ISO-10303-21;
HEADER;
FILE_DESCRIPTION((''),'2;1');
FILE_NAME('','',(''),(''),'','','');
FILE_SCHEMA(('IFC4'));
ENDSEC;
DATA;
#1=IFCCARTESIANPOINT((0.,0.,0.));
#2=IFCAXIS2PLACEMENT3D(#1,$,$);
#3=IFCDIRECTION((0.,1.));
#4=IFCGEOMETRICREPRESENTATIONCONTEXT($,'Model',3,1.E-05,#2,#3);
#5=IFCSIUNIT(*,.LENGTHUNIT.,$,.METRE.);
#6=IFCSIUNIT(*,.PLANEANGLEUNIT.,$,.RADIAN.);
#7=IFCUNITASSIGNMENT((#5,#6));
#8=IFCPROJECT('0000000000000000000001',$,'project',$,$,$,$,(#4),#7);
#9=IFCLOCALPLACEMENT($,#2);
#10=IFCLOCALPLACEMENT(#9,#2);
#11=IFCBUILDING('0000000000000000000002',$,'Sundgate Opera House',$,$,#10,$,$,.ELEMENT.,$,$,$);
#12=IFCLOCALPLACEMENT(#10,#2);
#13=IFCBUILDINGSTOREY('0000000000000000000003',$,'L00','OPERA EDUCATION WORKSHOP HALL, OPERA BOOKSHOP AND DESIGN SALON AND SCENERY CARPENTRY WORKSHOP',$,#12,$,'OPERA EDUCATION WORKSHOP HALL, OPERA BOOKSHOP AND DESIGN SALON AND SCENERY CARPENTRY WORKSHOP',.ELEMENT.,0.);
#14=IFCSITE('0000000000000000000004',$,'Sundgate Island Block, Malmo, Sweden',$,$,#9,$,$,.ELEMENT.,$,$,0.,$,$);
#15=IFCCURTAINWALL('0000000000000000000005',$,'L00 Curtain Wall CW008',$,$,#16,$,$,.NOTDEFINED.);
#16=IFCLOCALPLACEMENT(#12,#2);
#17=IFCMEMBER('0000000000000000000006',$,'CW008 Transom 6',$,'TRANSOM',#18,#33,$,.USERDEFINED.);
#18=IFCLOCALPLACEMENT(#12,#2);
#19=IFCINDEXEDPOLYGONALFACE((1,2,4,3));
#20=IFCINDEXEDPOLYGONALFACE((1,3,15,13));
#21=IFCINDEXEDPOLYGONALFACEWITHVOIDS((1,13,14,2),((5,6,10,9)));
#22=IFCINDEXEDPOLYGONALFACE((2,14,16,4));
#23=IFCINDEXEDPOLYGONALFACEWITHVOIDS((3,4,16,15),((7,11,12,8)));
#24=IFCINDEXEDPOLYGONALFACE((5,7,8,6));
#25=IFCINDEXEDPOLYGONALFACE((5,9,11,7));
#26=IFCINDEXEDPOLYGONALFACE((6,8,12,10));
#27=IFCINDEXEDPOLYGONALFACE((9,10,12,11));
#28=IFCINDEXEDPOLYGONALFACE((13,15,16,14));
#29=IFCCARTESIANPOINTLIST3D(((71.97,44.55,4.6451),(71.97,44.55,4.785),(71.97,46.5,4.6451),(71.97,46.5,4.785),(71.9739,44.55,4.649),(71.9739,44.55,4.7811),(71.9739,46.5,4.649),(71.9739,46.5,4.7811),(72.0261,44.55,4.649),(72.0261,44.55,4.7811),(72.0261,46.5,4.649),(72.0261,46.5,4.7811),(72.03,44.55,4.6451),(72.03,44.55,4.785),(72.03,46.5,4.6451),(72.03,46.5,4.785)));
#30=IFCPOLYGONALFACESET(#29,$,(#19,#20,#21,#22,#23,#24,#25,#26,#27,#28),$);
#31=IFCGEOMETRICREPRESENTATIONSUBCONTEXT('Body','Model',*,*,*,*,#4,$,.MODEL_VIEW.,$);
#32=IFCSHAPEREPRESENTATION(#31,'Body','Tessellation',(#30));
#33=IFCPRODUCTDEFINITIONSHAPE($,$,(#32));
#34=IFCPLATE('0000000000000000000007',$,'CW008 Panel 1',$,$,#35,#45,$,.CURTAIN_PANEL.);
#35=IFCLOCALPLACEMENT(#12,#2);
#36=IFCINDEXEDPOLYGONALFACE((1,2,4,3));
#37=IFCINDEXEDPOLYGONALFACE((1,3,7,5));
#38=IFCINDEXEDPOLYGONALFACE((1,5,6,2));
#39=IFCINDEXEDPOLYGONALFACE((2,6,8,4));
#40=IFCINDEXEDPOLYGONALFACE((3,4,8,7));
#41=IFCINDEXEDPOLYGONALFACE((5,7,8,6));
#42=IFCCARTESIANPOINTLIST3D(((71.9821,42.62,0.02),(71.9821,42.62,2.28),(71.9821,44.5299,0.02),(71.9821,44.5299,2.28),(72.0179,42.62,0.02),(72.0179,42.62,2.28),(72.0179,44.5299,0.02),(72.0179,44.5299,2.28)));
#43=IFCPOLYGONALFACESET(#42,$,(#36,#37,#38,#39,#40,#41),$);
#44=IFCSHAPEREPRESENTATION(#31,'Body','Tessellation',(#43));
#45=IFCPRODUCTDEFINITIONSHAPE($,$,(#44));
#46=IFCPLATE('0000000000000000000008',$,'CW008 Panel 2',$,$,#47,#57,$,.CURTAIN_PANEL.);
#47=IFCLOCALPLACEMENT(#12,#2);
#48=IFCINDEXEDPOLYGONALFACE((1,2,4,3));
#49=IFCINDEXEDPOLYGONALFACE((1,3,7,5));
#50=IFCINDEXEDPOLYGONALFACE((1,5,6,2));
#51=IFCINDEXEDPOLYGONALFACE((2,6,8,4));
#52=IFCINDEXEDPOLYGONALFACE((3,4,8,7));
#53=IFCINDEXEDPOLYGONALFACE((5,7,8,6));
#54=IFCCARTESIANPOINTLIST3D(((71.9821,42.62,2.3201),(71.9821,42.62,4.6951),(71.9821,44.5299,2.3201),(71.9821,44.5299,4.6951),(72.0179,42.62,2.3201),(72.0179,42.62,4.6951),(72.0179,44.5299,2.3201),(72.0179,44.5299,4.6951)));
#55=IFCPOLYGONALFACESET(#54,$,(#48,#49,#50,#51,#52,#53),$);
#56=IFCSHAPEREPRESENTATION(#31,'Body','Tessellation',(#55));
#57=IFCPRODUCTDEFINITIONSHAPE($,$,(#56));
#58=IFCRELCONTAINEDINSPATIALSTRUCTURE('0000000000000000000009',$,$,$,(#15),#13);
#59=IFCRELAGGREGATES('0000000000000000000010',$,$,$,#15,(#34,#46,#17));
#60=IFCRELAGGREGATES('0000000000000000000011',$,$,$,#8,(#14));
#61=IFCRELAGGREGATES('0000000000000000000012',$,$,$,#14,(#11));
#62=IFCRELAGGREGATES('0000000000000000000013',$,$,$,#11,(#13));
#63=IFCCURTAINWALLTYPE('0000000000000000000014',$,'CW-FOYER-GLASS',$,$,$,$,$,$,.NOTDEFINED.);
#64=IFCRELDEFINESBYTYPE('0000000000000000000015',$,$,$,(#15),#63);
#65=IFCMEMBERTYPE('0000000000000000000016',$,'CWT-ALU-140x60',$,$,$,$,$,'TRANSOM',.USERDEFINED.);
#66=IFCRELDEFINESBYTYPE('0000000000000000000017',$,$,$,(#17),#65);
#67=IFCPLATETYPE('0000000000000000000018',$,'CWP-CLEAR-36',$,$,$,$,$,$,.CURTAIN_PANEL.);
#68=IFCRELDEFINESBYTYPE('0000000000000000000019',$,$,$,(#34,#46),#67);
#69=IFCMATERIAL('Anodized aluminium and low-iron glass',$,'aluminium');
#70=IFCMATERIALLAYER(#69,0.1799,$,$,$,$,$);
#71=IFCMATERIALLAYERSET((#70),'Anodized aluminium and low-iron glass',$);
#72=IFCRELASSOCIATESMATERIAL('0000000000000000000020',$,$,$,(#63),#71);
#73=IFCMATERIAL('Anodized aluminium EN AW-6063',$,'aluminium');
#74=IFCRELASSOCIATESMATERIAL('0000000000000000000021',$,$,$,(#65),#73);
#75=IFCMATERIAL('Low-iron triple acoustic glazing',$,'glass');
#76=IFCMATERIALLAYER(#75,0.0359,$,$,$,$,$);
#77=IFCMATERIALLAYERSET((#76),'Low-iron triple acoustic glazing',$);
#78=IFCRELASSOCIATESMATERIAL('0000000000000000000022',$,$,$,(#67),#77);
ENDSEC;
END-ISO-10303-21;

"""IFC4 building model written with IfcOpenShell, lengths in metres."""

from ifc_helpers import new_model, si_unit, direction, frame, origin, origin_2d, place, context, subcontext, project, spatial, rectangle, hollow_rectangle, extrude, material, layer, layer_set, material_profile, profile_set, type_object, element, aggregate, save


model = new_model("IFC4")

# Units and contexts
model_context = context("Model", 3, precision=1e-05, world=origin(), true_north=direction((0.0, 1.0)))
body_context = subcontext(model_context, "Body", "Model", "MODEL_VIEW")
ifc_project = project(units=[si_unit("LENGTHUNIT", "METRE"), si_unit("PLANEANGLEUNIT", "RADIAN")], contexts=[model_context])

# Site, building, storey
site_placement = place(None, origin())
site = spatial("IfcSite", under=ifc_project, at=site_placement, Name="Sundgate Island Block, Malmo, Sweden", CompositionType="ELEMENT", RefElevation=0.0)
building_placement = place(site_placement, origin())
building = spatial("IfcBuilding", under=site, at=building_placement, Name="Sundgate Opera House", CompositionType="ELEMENT")
storey_placement = place(building_placement, origin())
storey = spatial("IfcBuildingStorey", under=building, at=storey_placement, Name="L00", Description="OPERA EDUCATION WORKSHOP HALL, OPERA BOOKSHOP AND DESIGN SALON AND SCENERY CARPENTRY WORKSHOP", LongName="OPERA EDUCATION WORKSHOP HALL, OPERA BOOKSHOP AND DESIGN SALON AND SCENERY CARPENTRY WORKSHOP", CompositionType="ELEMENT", Elevation=0.0)

# Curtain wall, member, plates
ifc_material_1 = material(Name="Anodized aluminium and low-iron glass", Category="aluminium")
ifc_layer_1 = layer(ifc_material_1, 0.1799)
ifc_layer_set_1 = layer_set([ifc_layer_1], Name="Anodized aluminium and low-iron glass")
curtain_wall_type = type_object("IfcCurtainWallType", Name="CW-FOYER-GLASS", PredefinedType="NOTDEFINED", material=ifc_layer_set_1)
curtain_wall_placement = place(storey_placement, origin())
curtain_wall = element("IfcCurtainWall", 1, at=curtain_wall_placement, inside=storey, type_object=curtain_wall_type, Name="L00 Curtain Wall CW008", PredefinedType="NOTDEFINED")
ifc_material_2 = material(Name="Anodized aluminium EN AW-6063", Category="aluminium")
ifc_material_profile_1 = material_profile(ifc_material_2, hollow_rectangle(XDim=0.0601, YDim=0.1399, WallThickness=0.0039, at=origin_2d()), Name="CWT 140x60x4")
ifc_profile_set_1 = profile_set([ifc_material_profile_1], Name="Anodized aluminium EN AW-6063")
member_type_1 = type_object("IfcMemberType", Name="CWT-ALU-140x60", ElementType="TRANSOM", PredefinedType="USERDEFINED", material=ifc_profile_set_1)
member_1_placement = place(storey_placement, frame((72.0, 44.55, 4.7151), z_axis=(0.0, 1.0, 0.0), x_axis=(-1.0, 0.0, 0.0)))
member_1 = element("IfcMember", 2, at=member_1_placement, type_object=member_type_1, Name="CW008 Transom 6", ObjectType="TRANSOM", PredefinedType="USERDEFINED", context=body_context, shape_type="SweptSolid", body=[
    extrude(hollow_rectangle(XDim=0.0601, YDim=0.1399, WallThickness=0.0039, at=origin_2d()), origin(), (0.0, 0.0, 1.0), 1.95),
])
ifc_material_3 = material(Name="Low-iron triple acoustic glazing", Category="glass")
ifc_layer_2 = layer(ifc_material_3, 0.0359)
ifc_layer_set_2 = layer_set([ifc_layer_2], Name="Low-iron triple acoustic glazing")
plate_type = type_object("IfcPlateType", Name="CWP-CLEAR-36", PredefinedType="CURTAIN_PANEL", material=ifc_layer_set_2)
plate_1_placement = place(storey_placement, frame((72.0, 43.575, 0.02), z_axis=(0.0, 0.0, 1.0), x_axis=(0.0, 1.0, 0.0)))
plate_1 = element("IfcPlate", 3, at=plate_1_placement, type_object=plate_type, Name="CW008 Panel 1", PredefinedType="CURTAIN_PANEL", context=body_context, shape_type="SweptSolid", body=[
    extrude(rectangle(XDim=1.9099, YDim=0.0359, at=origin_2d()), origin(), (0.0, 0.0, 1.0), 2.26),
])
plate_2_placement = place(storey_placement, frame((72.0, 43.575, 2.3201), z_axis=(0.0, 0.0, 1.0), x_axis=(0.0, 1.0, 0.0)))
plate_2 = element("IfcPlate", 4, at=plate_2_placement, type_object=plate_type, Name="CW008 Panel 2", PredefinedType="CURTAIN_PANEL", context=body_context, shape_type="SweptSolid", body=[
    extrude(rectangle(XDim=1.9099, YDim=0.0359, at=origin_2d()), origin(), (0.0, 0.0, 1.0), 2.375),
])
aggregate(curtain_wall, [plate_1, plate_2, member_1])

save(model, "model.ifc")
